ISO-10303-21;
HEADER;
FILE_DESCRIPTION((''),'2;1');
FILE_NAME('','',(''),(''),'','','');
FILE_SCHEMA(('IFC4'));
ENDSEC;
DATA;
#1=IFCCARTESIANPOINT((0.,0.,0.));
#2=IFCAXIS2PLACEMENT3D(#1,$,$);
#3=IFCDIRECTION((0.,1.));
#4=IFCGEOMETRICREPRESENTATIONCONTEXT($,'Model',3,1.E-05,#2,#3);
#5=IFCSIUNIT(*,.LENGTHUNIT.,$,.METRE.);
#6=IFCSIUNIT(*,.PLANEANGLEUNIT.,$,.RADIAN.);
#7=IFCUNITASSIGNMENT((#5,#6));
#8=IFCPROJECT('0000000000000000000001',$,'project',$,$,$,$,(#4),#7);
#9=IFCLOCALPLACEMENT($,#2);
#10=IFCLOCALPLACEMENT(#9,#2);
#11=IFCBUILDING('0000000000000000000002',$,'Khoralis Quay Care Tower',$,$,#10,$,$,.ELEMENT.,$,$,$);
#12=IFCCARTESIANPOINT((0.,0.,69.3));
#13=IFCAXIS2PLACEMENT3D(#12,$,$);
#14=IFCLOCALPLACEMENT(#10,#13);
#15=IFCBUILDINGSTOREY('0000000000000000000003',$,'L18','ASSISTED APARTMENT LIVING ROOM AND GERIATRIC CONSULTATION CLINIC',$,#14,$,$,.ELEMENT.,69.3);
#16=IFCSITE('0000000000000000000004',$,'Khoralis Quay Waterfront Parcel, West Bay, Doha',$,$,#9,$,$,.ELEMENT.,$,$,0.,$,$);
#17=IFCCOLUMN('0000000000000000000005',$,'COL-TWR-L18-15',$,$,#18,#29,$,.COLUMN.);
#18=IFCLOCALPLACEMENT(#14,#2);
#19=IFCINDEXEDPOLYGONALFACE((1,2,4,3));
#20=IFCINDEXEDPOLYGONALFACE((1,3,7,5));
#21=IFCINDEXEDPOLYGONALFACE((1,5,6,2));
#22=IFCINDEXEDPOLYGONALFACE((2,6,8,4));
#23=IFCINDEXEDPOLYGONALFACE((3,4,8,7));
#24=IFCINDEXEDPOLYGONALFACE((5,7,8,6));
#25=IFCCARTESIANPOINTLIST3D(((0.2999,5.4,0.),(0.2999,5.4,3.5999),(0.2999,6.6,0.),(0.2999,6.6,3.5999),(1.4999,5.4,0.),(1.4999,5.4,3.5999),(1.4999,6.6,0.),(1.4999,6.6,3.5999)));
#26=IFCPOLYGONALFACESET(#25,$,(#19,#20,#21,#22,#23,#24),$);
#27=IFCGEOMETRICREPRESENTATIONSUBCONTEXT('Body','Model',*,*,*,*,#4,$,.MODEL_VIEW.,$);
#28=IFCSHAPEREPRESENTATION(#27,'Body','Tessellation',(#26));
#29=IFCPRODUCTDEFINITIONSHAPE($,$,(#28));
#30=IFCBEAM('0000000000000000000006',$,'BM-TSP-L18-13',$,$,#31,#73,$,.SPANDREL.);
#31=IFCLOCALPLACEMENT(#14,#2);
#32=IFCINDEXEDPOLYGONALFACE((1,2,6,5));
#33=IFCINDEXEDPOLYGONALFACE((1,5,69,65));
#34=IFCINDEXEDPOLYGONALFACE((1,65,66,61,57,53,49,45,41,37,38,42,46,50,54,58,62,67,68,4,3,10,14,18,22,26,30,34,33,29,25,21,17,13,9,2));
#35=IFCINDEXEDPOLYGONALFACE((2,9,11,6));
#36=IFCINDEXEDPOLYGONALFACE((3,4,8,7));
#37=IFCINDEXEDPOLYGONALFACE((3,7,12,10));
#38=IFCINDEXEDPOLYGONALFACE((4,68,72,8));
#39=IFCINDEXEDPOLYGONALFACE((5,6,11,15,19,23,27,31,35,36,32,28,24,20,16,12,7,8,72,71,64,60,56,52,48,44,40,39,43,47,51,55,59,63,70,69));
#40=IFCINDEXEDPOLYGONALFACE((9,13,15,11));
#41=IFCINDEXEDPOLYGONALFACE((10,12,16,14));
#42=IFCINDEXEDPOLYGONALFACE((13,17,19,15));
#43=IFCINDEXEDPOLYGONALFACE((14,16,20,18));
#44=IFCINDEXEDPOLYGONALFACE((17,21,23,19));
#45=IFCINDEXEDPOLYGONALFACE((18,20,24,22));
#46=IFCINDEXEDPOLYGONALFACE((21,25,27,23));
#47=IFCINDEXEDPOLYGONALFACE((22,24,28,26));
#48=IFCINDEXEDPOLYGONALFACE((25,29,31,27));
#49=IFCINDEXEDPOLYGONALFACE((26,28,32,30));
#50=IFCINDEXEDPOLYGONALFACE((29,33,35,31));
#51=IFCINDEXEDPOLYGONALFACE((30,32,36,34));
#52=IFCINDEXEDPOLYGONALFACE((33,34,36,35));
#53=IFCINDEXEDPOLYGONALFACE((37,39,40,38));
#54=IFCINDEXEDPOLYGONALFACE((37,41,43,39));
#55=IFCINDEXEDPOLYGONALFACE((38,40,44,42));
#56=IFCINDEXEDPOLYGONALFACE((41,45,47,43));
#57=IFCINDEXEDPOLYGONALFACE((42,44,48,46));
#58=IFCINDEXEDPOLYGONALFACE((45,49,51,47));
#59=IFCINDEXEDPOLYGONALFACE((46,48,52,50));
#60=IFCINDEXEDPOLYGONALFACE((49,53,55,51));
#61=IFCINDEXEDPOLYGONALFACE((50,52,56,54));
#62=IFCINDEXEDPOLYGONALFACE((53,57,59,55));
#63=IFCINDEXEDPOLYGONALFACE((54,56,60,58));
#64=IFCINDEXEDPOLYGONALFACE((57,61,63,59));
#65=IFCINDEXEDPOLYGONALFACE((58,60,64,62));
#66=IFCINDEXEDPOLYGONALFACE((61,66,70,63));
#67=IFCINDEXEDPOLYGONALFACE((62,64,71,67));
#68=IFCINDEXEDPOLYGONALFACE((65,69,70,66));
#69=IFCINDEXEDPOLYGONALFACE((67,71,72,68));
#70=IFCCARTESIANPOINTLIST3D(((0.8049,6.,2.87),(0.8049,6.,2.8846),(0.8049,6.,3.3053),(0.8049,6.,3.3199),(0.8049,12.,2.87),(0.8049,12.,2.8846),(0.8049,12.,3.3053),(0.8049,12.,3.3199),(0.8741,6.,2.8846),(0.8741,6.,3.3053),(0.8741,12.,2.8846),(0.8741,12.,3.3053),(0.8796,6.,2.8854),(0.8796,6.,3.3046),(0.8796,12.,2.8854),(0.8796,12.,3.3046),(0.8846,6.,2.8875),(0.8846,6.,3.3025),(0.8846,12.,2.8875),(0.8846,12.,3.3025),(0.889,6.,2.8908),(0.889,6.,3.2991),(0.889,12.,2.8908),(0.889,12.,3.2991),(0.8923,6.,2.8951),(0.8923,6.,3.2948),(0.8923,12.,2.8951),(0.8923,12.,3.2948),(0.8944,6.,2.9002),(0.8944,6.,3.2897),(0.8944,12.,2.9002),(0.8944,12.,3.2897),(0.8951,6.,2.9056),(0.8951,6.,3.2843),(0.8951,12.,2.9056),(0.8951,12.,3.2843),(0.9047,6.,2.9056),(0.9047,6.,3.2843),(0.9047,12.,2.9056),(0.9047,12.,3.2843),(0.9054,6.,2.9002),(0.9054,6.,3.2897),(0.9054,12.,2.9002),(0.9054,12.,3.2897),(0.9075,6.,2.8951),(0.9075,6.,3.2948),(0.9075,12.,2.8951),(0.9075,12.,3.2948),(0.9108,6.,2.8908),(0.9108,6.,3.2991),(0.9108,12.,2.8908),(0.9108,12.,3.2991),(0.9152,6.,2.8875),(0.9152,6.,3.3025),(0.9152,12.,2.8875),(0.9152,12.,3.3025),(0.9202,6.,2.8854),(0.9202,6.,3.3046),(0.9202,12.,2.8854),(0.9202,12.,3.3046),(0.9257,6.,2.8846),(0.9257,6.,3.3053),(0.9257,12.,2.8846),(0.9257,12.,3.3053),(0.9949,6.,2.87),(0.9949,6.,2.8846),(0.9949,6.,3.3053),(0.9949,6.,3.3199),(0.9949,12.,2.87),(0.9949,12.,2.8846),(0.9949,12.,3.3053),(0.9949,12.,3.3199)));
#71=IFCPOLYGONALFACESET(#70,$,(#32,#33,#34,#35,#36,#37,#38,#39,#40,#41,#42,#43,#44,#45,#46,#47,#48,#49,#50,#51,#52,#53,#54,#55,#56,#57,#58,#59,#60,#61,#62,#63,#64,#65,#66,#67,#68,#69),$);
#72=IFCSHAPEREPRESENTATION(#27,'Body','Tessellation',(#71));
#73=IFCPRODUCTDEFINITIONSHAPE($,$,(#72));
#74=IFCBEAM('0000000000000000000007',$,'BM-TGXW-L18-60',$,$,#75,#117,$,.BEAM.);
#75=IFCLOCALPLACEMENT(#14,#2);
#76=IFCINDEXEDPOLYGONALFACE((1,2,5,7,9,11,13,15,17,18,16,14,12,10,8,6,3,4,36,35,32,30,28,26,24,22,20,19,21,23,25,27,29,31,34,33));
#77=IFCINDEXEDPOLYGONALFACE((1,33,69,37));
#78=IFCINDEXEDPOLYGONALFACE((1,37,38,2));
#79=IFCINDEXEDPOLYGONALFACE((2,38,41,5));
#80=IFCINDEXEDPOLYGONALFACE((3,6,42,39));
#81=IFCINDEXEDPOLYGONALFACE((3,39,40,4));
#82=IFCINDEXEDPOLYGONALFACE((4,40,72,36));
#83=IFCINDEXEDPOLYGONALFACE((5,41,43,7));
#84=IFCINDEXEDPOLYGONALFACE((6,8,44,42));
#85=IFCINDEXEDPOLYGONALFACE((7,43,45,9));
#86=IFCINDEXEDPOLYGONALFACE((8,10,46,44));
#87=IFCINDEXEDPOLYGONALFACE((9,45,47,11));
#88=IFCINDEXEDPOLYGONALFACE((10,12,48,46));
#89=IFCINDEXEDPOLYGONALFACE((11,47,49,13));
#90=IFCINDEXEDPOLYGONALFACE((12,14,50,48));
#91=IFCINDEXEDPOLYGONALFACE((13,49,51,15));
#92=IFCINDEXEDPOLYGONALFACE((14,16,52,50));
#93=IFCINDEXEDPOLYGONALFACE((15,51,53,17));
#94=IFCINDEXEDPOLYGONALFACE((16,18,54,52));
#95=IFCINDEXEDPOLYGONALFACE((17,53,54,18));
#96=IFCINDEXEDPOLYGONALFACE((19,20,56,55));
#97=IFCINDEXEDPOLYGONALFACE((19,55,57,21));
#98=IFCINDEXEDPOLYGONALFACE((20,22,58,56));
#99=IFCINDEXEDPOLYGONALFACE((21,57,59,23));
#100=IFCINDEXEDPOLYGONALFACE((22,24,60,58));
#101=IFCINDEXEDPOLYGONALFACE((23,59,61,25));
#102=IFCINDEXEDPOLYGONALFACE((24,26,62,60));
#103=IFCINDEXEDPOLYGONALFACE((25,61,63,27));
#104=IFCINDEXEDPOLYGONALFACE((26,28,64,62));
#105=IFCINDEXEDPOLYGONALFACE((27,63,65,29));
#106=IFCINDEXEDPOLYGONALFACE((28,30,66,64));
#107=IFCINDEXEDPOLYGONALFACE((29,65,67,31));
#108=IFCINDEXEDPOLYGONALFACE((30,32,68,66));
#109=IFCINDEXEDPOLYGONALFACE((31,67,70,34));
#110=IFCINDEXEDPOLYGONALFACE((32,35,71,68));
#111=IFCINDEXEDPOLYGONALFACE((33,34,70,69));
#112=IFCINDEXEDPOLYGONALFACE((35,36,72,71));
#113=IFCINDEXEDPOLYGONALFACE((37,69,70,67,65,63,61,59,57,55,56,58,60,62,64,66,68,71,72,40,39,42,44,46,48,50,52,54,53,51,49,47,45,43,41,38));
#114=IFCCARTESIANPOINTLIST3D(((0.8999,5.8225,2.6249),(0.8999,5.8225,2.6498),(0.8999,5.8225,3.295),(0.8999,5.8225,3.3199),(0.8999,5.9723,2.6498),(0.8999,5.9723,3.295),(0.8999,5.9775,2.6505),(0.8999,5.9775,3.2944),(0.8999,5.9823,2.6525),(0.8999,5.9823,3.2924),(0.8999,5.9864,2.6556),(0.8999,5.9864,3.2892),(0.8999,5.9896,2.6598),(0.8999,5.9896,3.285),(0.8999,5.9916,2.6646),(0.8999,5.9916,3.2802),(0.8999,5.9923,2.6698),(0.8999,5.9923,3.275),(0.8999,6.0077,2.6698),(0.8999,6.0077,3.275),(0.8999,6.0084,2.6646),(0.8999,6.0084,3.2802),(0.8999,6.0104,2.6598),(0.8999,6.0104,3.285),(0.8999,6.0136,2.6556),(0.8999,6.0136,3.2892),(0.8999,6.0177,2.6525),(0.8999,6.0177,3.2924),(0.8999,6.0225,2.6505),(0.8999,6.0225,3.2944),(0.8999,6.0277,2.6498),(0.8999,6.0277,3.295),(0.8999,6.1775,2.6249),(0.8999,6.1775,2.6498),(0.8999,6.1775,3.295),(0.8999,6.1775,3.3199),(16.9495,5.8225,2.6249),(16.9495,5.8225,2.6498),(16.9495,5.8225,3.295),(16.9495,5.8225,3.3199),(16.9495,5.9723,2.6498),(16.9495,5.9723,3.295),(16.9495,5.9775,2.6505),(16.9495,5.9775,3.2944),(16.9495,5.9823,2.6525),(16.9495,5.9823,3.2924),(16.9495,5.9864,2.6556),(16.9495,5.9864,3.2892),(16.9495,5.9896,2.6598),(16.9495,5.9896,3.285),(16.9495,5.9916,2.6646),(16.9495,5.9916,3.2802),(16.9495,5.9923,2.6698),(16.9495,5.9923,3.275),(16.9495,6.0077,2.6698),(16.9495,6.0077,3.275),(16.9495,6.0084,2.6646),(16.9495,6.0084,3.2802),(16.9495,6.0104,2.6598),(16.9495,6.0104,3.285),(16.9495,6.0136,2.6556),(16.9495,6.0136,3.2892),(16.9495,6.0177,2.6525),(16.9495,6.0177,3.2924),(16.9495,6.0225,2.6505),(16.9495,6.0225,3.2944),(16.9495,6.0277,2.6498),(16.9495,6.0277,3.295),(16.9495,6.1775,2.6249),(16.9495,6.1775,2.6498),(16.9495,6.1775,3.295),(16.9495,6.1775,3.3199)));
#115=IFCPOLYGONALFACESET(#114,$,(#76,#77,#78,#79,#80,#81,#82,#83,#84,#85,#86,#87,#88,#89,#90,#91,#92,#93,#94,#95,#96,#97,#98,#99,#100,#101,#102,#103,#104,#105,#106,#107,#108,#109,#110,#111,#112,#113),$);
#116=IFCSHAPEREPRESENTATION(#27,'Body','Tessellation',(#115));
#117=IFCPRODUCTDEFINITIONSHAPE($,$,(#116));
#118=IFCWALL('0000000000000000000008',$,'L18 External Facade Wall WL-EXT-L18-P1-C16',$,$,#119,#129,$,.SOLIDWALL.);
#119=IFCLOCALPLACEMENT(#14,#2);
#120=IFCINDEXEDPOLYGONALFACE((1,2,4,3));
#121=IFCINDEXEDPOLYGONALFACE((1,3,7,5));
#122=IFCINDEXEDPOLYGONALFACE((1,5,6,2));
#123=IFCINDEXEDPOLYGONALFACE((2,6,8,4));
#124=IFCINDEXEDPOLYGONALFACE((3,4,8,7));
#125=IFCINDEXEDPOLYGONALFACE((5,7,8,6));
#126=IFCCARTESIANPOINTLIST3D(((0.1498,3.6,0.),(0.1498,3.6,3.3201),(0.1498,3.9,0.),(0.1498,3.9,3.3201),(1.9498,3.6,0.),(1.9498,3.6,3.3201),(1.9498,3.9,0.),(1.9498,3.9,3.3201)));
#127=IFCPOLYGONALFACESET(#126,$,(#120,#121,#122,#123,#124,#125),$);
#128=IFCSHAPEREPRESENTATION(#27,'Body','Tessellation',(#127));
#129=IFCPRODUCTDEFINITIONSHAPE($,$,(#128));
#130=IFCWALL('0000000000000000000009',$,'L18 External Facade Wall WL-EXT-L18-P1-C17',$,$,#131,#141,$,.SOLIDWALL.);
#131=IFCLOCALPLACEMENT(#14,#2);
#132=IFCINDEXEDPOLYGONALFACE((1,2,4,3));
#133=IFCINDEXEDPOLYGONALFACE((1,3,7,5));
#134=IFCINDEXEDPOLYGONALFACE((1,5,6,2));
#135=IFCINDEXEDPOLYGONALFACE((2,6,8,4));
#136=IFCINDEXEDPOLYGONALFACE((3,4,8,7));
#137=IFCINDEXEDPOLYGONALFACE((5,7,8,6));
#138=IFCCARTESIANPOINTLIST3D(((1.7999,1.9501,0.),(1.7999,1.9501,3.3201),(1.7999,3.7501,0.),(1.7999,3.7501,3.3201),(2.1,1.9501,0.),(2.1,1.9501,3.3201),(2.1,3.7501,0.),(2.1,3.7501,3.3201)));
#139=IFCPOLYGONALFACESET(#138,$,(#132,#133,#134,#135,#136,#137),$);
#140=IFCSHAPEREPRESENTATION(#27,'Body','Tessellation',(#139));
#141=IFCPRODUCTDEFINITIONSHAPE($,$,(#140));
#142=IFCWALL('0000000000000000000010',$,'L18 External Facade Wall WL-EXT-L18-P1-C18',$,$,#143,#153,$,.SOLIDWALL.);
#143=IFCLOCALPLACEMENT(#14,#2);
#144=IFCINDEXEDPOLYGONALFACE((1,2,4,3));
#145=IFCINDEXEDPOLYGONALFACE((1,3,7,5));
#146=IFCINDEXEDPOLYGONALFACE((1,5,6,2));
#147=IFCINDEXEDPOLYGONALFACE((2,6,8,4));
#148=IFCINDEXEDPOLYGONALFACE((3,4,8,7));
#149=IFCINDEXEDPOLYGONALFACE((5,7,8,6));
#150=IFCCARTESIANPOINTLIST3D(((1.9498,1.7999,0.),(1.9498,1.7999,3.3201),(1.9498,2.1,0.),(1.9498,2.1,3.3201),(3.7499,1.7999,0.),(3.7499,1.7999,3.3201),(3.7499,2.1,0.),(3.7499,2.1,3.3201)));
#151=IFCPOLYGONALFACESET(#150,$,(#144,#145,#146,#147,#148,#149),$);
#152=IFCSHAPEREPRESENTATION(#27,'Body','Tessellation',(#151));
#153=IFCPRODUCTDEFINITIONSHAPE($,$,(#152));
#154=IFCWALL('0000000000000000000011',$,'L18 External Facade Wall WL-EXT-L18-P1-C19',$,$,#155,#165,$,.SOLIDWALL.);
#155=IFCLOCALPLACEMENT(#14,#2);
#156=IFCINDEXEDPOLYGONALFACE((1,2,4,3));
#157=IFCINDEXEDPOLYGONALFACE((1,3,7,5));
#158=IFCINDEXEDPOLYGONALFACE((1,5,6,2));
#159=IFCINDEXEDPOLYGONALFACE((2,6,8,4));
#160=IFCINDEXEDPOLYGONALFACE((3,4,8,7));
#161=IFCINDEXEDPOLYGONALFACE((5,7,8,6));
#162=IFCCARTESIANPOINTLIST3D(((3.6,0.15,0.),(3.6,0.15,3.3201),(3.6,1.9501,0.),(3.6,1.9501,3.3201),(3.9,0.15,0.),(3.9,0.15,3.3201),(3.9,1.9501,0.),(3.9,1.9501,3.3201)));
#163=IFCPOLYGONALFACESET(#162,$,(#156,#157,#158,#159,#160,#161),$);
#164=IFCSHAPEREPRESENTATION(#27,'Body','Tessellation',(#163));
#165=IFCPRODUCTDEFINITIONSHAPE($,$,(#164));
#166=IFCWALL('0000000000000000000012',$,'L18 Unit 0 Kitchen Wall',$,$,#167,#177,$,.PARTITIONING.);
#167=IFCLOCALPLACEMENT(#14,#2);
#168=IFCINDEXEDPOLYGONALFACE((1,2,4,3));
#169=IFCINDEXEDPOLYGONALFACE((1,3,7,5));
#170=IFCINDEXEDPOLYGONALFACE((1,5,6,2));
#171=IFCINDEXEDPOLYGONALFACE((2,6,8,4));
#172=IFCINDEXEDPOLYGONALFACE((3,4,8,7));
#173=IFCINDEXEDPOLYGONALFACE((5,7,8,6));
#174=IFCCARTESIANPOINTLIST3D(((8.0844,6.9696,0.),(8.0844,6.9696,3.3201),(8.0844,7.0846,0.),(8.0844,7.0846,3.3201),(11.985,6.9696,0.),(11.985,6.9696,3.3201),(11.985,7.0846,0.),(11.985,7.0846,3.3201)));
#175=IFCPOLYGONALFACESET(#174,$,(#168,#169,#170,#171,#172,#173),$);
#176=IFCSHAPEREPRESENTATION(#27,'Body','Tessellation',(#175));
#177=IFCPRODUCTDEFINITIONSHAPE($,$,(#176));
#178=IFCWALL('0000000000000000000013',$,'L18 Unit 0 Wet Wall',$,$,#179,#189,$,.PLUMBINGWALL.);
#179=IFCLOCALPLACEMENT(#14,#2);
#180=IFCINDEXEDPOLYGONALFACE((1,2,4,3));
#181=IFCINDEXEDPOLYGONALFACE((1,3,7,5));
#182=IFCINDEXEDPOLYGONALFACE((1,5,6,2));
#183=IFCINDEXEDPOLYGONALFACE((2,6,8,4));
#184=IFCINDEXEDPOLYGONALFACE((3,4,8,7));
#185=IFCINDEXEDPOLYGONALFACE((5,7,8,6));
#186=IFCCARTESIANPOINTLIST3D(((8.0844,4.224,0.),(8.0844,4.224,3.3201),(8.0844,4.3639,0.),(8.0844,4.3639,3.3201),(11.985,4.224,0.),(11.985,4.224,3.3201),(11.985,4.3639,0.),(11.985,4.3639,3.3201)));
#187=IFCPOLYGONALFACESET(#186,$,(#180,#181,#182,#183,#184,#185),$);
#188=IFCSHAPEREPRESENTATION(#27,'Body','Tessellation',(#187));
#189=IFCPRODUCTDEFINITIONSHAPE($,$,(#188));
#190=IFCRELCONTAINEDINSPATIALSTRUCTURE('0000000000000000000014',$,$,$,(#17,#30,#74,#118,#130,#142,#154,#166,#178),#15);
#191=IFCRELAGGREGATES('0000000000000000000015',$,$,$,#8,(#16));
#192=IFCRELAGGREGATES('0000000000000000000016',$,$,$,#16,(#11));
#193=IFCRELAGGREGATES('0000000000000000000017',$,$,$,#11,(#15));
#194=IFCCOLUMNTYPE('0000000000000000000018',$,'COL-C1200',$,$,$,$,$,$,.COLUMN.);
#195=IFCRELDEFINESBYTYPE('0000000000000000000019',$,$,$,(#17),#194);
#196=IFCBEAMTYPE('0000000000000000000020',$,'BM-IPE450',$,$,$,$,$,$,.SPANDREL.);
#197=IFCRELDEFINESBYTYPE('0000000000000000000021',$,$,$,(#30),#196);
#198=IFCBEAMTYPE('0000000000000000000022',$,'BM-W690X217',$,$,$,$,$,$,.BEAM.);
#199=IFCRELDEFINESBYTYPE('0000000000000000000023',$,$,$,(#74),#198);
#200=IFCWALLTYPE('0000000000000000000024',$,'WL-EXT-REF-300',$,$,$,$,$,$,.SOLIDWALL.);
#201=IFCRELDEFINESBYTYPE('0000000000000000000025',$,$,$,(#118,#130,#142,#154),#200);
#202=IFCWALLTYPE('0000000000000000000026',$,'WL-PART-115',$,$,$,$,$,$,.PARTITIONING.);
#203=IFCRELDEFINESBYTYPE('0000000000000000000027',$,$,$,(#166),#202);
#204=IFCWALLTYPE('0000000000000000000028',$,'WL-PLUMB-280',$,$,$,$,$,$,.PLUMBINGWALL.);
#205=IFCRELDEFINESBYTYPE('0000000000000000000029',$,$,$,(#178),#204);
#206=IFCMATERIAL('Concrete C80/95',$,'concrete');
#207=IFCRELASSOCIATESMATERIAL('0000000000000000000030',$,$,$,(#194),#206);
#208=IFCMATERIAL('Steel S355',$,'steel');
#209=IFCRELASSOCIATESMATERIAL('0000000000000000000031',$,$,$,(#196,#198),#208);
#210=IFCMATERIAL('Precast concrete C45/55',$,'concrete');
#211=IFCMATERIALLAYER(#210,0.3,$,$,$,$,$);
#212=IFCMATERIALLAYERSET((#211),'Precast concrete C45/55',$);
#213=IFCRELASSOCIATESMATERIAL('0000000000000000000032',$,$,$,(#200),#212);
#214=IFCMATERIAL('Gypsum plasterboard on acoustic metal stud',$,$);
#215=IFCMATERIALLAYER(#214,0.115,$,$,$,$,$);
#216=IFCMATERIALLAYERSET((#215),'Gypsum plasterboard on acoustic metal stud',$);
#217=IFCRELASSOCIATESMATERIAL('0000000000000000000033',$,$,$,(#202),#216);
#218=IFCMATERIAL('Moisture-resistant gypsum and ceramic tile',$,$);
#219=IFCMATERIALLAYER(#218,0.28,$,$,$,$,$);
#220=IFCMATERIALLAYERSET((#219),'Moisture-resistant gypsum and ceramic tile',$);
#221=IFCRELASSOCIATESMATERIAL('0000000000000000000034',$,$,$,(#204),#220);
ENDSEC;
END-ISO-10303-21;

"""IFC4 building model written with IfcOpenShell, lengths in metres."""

from ifc_helpers import new_model, si_unit, direction, frame, frame_2d, origin, origin_2d, place, context, subcontext, project, spatial, rectangle, i_section, extrude, source, transform, mapped, material, layer, layer_set, material_profile, profile_set, type_object, element, save


model = new_model("IFC4")

# Units and contexts
model_context = context("Model", 3, precision=1e-05, world=origin(), true_north=direction((0.0, 1.0)))
body_context = subcontext(model_context, "Body", "Model", "MODEL_VIEW")
ifc_project = project(units=[si_unit("LENGTHUNIT", "METRE"), si_unit("PLANEANGLEUNIT", "RADIAN")], contexts=[model_context])

# Site, building, storey
site_placement = place(None, origin())
site = spatial("IfcSite", under=ifc_project, at=site_placement, Name="Khoralis Quay Waterfront Parcel, West Bay, Doha", CompositionType="ELEMENT", RefElevation=0.0)
building_placement = place(site_placement, origin())
building = spatial("IfcBuilding", under=site, at=building_placement, Name="Khoralis Quay Care Tower", CompositionType="ELEMENT")
storey_placement = place(building_placement, frame((0.0, 0.0, 69.3)))
storey = spatial("IfcBuildingStorey", under=building, at=storey_placement, Name="L18", Description="ASSISTED APARTMENT LIVING ROOM AND GERIATRIC CONSULTATION CLINIC", CompositionType="ELEMENT", Elevation=69.3)

# Column
ifc_material_1 = material(Name="Concrete C80/95", Category="concrete")
ifc_material_profile_1 = material_profile(ifc_material_1, rectangle(XDim=1.2, YDim=1.2, at=origin_2d()), Name="Concrete C80/95")
ifc_profile_set_1 = profile_set([ifc_material_profile_1], Name="Concrete C80/95")
column_type = type_object("IfcColumnType", Name="COL-C1200", PredefinedType="COLUMN", material=ifc_profile_set_1)
shared_shape_1 = source(origin(), body_context, "Body", "SweptSolid", [
    extrude(rectangle(XDim=1.2, YDim=1.2, at=origin_2d()), origin(), (0.0, 0.0, 1.0), 3.5999),
])
column_placement = place(storey_placement, frame((0.8999, 6.0, 0.0), z_axis=(0.0, 0.0, 1.0), x_axis=(1.0, 0.0, 0.0)))
element("IfcColumn", 1, at=column_placement, inside=storey, type_object=column_type, Name="COL-TWR-L18-15", PredefinedType="COLUMN", context=body_context, shape_type="MappedRepresentation", body=[
    mapped(shared_shape_1, transform((0.0, 0.0, 0.0), scale=1.0)),
])

# Beams
ifc_material_2 = material(Name="Steel S355", Category="steel")
ifc_material_profile_2 = material_profile(ifc_material_2, i_section(OverallWidth=0.1899, OverallDepth=0.45, WebThickness=0.0095, FlangeThickness=0.0146, FilletRadius=0.021, at=origin_2d()), Name="Steel S355")
ifc_profile_set_2 = profile_set([ifc_material_profile_2], Name="Steel S355")
beam_type_1 = type_object("IfcBeamType", Name="BM-IPE450", PredefinedType="SPANDREL", material=ifc_profile_set_2)
shared_shape_2 = source(origin(), body_context, "Body", "SweptSolid", [
    extrude(i_section(OverallWidth=0.1899, OverallDepth=0.45, WebThickness=0.0095, FlangeThickness=0.0146, FilletRadius=0.021, at=origin_2d()), origin(), (0.0, 0.0, 1.0), 6.0),
])
beam_1_placement = place(storey_placement, frame((0.8999, 6.0, 3.095), z_axis=(0.0, 1.0, 0.0), x_axis=(-1.0, 0.0, 0.0)))
element("IfcBeam", 2, at=beam_1_placement, inside=storey, type_object=beam_type_1, Name="BM-TSP-L18-13", PredefinedType="SPANDREL", context=body_context, shape_type="MappedRepresentation", body=[
    mapped(shared_shape_2, transform((0.0, 0.0, 0.0), scale=1.0)),
])
ifc_material_profile_3 = material_profile(ifc_material_2, i_section(OverallWidth=0.355, OverallDepth=0.6951, WebThickness=0.0154, FlangeThickness=0.0249, FilletRadius=0.02, at=origin_2d()), Name="Steel S355")
ifc_profile_set_3 = profile_set([ifc_material_profile_3], Name="Steel S355")
beam_type_2 = type_object("IfcBeamType", Name="BM-W690X217", PredefinedType="BEAM", material=ifc_profile_set_3)
shared_shape_3 = source(origin(), body_context, "Body", "SweptSolid", [
    extrude(i_section(OverallWidth=0.355, OverallDepth=0.6951, WebThickness=0.0154, FlangeThickness=0.0249, FilletRadius=0.02, at=origin_2d()), origin(), (0.0, 0.0, 1.0), 16.0496),
])
beam_2_placement = place(storey_placement, frame((0.8999, 6.0, 2.9724), z_axis=(1.0, 0.0, 0.0), x_axis=(0.0, 1.0, 0.0)))
element("IfcBeam", 3, at=beam_2_placement, inside=storey, type_object=beam_type_2, Name="BM-TGXW-L18-60", PredefinedType="BEAM", context=body_context, shape_type="MappedRepresentation", body=[
    mapped(shared_shape_3, transform((0.0, 0.0, 0.0), scale=1.0)),
])

# Walls
ifc_material_3 = material(Name="Precast concrete C45/55", Category="concrete")
ifc_layer_1 = layer(ifc_material_3, 0.3)
ifc_layer_set_1 = layer_set([ifc_layer_1], Name="Precast concrete C45/55")
wall_type_1 = type_object("IfcWallType", Name="WL-EXT-REF-300", PredefinedType="SOLIDWALL", material=ifc_layer_set_1)
for number, where, z_axis, x_axis, name in (
    (4, (0.1499, 3.75, 0.0), (0.0, 0.0, 1.0), (1.0, 0.0, 0.0), "L18 External Facade Wall WL-EXT-L18-P1-C16"),
    (5, (1.95, 3.75, 0.0), (0.0, 0.0, 1.0), (0.0, -1.0, 0.0), "L18 External Facade Wall WL-EXT-L18-P1-C17"),
    (6, (1.95, 1.95, 0.0), (0.0, 0.0, 1.0), (1.0, 0.0, 0.0), "L18 External Facade Wall WL-EXT-L18-P1-C18"),
    (7, (3.75, 1.95, 0.0), (0.0, 0.0, 1.0), (0.0, -1.0, 0.0), "L18 External Facade Wall WL-EXT-L18-P1-C19"),
):
    element("IfcWall", number, at=place(storey_placement, frame(where, z_axis=z_axis, x_axis=x_axis)), inside=storey, type_object=wall_type_1, Name=name, PredefinedType="SOLIDWALL", context=body_context, shape_type="SweptSolid", body=[
        extrude(rectangle(XDim=1.8, YDim=0.3, at=frame_2d((0.8999, 0.0))), origin(), (0.0, 0.0, 1.0), 3.3201),
    ])
ifc_material_4 = material(Name="Gypsum plasterboard on acoustic metal stud")
ifc_layer_2 = layer(ifc_material_4, 0.115)
ifc_layer_set_2 = layer_set([ifc_layer_2], Name="Gypsum plasterboard on acoustic metal stud")
wall_type_2 = type_object("IfcWallType", Name="WL-PART-115", PredefinedType="PARTITIONING", material=ifc_layer_set_2)
wall_1_placement = place(storey_placement, frame((8.0845, 7.0271, 0.0), z_axis=(0.0, 0.0, 1.0), x_axis=(1.0, 0.0, 0.0)))
element("IfcWall", 8, at=wall_1_placement, inside=storey, type_object=wall_type_2, Name="L18 Unit 0 Kitchen Wall", PredefinedType="PARTITIONING", context=body_context, shape_type="SweptSolid", body=[
    extrude(rectangle(XDim=3.9006, YDim=0.115, at=frame_2d((1.9502, 0.0))), origin(), (0.0, 0.0, 1.0), 3.3201),
])
ifc_material_5 = material(Name="Moisture-resistant gypsum and ceramic tile")
ifc_layer_3 = layer(ifc_material_5, 0.28)
ifc_layer_set_3 = layer_set([ifc_layer_3], Name="Moisture-resistant gypsum and ceramic tile")
wall_type_3 = type_object("IfcWallType", Name="WL-PLUMB-280", PredefinedType="PLUMBINGWALL", material=ifc_layer_set_3)
wall_2_placement = place(storey_placement, frame((8.0845, 4.2939, 0.0), z_axis=(0.0, 0.0, 1.0), x_axis=(1.0, 0.0, 0.0)))
element("IfcWall", 9, at=wall_2_placement, inside=storey, type_object=wall_type_3, Name="L18 Unit 0 Wet Wall", PredefinedType="PLUMBINGWALL", context=body_context, shape_type="SweptSolid", body=[
    extrude(rectangle(XDim=3.9006, YDim=0.1399, at=frame_2d((1.9502, 0.0))), origin(), (0.0, 0.0, 1.0), 3.3201),
])

save(model, "model.ifc")
